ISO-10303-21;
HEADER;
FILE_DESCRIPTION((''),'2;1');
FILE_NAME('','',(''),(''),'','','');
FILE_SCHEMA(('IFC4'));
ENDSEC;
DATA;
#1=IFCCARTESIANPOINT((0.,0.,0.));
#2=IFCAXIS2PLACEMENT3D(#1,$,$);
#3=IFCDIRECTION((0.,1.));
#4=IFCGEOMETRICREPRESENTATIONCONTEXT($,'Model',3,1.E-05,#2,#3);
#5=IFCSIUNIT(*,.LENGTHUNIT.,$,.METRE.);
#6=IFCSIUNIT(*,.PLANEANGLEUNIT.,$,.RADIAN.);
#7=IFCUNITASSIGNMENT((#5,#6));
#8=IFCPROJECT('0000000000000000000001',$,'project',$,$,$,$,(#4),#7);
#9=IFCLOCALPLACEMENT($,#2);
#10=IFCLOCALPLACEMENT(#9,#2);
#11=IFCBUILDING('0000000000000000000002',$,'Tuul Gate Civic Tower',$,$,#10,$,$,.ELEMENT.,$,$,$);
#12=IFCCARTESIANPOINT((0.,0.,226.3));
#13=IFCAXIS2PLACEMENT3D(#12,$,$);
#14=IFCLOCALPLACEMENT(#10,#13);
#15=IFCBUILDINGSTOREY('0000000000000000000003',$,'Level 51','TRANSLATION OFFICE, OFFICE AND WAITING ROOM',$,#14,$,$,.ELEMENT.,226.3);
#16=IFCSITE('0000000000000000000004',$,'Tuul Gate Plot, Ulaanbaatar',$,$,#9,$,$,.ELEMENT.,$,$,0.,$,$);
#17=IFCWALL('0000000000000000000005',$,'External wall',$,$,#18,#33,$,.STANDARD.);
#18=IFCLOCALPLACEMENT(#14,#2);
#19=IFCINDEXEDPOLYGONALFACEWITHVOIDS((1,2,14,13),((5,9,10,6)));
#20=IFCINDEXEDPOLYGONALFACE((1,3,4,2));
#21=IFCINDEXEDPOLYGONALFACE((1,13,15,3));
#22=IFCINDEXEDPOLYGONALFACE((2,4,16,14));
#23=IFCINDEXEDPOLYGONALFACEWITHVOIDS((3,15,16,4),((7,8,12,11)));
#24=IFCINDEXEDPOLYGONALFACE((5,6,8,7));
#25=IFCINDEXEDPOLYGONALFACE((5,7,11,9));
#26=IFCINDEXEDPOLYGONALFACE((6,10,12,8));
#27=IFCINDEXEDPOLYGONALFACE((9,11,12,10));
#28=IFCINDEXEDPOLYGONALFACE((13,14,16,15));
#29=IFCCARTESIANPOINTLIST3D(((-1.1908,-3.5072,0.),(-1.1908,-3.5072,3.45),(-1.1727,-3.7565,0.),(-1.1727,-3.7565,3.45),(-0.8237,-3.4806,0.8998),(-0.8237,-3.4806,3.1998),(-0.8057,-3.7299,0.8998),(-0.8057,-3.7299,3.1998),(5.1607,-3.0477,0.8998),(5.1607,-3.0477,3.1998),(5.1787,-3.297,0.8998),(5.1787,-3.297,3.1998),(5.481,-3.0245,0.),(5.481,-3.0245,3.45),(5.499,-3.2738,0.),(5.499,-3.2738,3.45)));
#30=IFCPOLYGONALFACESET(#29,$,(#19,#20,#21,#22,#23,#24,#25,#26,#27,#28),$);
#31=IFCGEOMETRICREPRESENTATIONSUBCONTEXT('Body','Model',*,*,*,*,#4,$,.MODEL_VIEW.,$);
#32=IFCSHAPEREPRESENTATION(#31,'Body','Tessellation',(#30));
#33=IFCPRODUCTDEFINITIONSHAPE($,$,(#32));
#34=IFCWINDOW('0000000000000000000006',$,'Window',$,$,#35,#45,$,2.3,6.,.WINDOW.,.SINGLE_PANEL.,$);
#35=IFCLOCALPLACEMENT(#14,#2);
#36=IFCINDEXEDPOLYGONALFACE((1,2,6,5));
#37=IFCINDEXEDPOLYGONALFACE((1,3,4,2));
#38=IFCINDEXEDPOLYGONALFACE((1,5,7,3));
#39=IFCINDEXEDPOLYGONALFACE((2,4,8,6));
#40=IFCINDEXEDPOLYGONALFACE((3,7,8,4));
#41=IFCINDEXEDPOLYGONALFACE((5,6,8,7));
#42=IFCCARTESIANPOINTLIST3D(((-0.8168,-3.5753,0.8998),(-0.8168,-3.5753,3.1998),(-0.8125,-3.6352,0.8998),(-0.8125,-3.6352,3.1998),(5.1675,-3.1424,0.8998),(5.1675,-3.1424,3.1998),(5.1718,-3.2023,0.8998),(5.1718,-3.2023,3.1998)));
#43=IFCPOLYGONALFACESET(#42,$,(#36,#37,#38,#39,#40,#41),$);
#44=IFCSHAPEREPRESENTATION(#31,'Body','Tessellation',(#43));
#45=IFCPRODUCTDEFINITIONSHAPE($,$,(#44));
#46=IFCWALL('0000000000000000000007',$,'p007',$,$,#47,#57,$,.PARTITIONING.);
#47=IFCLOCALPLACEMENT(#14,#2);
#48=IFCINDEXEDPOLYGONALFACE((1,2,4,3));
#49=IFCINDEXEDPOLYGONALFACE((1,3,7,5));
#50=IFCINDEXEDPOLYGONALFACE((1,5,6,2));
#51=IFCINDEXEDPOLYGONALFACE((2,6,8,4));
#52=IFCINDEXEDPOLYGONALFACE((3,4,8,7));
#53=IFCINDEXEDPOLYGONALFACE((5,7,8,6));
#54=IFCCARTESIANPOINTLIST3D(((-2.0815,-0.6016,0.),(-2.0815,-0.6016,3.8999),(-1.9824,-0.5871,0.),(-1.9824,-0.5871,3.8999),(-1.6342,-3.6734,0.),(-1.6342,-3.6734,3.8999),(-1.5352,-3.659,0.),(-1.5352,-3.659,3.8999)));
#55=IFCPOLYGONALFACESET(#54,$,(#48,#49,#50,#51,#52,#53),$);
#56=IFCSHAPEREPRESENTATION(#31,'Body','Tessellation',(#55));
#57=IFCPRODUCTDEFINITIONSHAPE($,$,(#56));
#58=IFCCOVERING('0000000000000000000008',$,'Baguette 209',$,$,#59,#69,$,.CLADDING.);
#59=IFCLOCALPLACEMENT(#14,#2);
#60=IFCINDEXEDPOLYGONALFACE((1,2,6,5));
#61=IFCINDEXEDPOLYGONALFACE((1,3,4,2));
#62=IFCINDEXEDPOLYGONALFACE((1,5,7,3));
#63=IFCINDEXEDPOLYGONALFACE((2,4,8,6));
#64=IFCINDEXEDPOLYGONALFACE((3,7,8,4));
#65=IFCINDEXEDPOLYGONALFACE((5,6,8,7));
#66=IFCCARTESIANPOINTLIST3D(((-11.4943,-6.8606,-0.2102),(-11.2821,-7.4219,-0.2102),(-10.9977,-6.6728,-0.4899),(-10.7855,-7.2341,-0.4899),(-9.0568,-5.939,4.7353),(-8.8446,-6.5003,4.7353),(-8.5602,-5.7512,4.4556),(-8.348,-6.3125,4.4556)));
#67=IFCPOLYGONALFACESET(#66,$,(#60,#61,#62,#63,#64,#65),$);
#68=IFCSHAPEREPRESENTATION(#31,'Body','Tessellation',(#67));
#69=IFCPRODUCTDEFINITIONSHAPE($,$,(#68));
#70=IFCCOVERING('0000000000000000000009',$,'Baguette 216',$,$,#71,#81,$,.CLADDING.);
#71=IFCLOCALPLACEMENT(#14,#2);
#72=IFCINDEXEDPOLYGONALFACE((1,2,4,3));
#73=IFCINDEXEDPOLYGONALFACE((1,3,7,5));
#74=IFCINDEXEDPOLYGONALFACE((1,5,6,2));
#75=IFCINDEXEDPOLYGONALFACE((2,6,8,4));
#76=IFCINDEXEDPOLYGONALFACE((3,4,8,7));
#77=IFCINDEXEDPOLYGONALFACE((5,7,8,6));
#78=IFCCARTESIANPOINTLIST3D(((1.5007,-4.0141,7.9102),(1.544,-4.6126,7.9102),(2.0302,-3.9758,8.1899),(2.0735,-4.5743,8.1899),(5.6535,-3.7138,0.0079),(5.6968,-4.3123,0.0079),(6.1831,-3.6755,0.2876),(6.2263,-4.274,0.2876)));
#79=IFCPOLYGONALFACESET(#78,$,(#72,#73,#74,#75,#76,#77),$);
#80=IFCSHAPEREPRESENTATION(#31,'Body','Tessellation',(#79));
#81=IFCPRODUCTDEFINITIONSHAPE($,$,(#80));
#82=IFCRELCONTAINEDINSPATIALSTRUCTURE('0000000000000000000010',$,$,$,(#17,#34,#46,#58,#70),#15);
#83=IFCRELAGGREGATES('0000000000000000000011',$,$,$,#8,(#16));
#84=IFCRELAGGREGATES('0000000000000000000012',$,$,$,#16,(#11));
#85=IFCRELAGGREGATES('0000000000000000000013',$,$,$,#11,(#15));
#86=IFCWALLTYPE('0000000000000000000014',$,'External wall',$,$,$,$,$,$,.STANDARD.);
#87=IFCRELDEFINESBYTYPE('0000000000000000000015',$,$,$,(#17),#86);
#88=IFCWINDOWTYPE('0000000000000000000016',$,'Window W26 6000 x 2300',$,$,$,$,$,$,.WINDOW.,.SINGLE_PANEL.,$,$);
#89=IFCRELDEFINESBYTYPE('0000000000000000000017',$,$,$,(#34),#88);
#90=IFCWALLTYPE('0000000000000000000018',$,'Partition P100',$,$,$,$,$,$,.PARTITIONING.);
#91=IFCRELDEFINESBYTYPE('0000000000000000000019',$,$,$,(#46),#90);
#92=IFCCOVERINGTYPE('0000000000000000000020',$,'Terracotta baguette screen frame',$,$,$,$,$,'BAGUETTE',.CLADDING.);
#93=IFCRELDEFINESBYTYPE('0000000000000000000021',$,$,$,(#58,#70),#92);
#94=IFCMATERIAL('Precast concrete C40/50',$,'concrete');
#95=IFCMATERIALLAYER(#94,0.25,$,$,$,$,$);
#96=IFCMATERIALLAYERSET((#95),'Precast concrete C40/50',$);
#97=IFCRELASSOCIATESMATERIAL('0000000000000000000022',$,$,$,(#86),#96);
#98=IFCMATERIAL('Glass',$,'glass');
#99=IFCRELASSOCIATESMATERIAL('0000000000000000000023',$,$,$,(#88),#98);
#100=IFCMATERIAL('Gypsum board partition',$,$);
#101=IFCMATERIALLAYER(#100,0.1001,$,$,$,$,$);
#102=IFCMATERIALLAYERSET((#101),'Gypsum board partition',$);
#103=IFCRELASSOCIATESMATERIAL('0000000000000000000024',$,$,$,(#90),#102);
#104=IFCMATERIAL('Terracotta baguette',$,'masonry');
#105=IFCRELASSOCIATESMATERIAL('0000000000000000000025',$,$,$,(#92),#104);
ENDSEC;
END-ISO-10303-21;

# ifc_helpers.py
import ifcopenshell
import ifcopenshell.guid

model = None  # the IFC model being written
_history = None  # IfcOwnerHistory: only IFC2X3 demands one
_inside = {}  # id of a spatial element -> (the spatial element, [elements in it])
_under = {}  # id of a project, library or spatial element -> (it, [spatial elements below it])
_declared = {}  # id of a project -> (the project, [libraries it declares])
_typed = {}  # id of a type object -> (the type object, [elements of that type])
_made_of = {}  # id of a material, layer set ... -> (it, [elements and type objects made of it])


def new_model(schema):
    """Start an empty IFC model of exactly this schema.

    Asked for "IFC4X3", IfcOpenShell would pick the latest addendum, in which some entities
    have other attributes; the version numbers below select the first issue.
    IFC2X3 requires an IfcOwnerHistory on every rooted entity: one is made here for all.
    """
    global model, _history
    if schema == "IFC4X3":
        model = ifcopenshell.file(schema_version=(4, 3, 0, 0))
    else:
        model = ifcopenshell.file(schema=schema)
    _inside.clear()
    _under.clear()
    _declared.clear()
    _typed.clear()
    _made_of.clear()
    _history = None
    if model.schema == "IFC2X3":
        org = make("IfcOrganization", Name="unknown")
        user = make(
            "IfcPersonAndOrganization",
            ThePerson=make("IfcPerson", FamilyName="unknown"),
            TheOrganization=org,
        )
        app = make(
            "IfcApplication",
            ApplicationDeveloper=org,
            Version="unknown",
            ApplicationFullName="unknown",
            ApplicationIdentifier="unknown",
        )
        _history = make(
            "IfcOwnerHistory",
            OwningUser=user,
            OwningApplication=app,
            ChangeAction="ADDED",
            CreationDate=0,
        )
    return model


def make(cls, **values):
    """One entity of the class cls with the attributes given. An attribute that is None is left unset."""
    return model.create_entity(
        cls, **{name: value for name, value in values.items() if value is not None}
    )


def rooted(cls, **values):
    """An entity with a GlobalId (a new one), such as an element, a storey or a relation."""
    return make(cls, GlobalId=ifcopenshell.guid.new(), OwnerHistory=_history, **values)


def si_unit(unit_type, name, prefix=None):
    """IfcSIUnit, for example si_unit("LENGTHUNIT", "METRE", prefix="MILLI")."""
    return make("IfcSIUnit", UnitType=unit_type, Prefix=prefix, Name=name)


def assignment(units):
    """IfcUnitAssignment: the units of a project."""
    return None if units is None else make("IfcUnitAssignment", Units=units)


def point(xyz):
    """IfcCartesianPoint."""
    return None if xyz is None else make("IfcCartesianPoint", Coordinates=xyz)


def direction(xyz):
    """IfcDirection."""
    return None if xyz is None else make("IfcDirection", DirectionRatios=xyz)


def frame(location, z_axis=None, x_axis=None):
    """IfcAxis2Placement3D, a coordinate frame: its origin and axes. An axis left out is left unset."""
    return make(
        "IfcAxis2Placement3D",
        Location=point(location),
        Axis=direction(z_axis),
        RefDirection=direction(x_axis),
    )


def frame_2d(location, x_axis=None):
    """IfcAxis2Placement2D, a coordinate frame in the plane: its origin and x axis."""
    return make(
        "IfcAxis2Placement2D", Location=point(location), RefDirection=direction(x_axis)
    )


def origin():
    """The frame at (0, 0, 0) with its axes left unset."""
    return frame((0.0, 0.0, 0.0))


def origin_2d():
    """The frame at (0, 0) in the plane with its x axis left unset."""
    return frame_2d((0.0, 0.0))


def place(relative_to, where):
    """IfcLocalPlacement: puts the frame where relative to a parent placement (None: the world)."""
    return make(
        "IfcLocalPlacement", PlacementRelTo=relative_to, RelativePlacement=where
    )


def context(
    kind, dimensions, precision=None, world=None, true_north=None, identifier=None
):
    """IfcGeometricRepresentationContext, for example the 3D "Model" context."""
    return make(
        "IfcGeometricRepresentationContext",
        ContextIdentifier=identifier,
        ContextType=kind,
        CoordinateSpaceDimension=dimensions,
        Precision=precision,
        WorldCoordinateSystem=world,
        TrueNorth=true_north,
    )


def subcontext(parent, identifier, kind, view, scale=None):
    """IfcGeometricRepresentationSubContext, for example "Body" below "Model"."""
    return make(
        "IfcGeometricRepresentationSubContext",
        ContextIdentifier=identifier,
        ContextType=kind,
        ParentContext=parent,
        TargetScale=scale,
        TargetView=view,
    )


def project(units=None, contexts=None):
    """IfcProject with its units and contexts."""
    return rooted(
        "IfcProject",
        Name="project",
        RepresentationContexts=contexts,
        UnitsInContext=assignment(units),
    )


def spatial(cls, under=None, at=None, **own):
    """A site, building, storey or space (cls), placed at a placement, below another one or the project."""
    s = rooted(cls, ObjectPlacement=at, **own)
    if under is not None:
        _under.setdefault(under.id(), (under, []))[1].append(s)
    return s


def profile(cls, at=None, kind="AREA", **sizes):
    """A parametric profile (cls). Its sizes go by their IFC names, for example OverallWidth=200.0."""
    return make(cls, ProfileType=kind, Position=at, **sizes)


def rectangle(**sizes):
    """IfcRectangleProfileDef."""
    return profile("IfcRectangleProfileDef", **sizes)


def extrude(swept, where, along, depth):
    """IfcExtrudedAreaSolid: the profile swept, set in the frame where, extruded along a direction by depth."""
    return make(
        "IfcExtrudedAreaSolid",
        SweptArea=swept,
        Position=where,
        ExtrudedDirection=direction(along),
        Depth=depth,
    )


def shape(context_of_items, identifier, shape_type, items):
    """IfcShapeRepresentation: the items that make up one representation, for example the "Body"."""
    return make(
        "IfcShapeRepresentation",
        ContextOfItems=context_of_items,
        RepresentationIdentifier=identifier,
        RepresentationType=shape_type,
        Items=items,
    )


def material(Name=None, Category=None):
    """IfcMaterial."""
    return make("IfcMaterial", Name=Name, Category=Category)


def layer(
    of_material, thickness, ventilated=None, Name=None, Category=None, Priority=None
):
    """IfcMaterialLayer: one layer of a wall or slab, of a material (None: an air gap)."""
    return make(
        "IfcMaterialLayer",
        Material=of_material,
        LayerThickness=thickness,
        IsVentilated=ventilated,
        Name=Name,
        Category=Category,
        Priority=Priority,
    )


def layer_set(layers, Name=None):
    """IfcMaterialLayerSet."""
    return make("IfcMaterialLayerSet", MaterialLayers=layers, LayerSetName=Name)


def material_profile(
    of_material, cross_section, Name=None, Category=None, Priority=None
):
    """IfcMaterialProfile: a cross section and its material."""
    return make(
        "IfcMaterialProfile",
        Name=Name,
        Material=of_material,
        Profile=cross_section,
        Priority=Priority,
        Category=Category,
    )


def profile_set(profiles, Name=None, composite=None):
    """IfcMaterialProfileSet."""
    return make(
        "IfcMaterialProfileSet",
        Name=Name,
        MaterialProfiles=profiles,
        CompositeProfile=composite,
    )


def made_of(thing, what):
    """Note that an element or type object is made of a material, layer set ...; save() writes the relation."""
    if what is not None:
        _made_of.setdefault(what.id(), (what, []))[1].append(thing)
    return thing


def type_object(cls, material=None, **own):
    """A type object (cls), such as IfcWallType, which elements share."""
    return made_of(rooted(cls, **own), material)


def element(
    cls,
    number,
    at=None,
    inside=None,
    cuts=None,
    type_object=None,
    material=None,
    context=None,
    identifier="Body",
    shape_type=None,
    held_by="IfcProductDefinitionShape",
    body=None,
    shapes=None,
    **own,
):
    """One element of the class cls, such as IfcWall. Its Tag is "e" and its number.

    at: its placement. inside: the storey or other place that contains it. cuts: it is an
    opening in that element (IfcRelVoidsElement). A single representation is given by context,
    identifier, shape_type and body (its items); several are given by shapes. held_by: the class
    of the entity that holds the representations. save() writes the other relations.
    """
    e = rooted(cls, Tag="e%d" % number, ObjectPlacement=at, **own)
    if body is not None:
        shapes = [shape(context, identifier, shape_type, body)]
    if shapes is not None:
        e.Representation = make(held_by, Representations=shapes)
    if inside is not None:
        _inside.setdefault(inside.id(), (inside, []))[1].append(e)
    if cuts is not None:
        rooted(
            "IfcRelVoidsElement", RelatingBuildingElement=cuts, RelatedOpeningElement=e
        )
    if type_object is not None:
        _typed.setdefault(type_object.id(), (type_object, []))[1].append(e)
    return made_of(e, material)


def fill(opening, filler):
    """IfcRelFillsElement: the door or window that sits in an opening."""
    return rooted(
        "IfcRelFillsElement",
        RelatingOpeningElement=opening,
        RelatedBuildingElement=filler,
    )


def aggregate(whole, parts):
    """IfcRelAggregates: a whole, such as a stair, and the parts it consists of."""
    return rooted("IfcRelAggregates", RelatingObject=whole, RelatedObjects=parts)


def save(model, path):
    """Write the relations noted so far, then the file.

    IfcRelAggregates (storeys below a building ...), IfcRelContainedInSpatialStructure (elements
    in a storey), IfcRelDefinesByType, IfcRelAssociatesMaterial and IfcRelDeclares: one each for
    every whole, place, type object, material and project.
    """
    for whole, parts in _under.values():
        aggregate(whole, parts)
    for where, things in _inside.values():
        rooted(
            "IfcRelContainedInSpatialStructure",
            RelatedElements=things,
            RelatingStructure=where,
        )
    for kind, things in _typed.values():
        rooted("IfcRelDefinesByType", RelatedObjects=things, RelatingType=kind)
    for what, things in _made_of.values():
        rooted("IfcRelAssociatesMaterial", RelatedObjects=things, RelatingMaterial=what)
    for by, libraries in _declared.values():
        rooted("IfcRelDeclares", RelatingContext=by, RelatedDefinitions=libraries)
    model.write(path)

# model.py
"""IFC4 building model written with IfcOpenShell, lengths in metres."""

from ifc_helpers import new_model, si_unit, direction, frame, frame_2d, origin, origin_2d, place, context, subcontext, project, spatial, rectangle, extrude, material, layer, layer_set, material_profile, profile_set, type_object, element, fill, save


model = new_model("IFC4")

# Units and contexts
model_context = context("Model", 3, precision=1e-05, world=origin(), true_north=direction((0.0, 1.0)))
body_context = subcontext(model_context, "Body", "Model", "MODEL_VIEW")
ifc_project = project(units=[si_unit("LENGTHUNIT", "METRE"), si_unit("PLANEANGLEUNIT", "RADIAN")], contexts=[model_context])

# Site, building, storey
site_placement = place(None, origin())
site = spatial("IfcSite", under=ifc_project, at=site_placement, Name="Tuul Gate Plot, Ulaanbaatar", CompositionType="ELEMENT", RefElevation=0.0)
building_placement = place(site_placement, origin())
building = spatial("IfcBuilding", under=site, at=building_placement, Name="Tuul Gate Civic Tower", CompositionType="ELEMENT")
storey_placement = place(building_placement, frame((0.0, 0.0, 226.3)))
storey = spatial("IfcBuildingStorey", under=building, at=storey_placement, Name="Level 51", Description="TRANSLATION OFFICE, OFFICE AND WAITING ROOM", CompositionType="ELEMENT", Elevation=226.3)

# Wall, opening, window
ifc_material_1 = material(Name="Precast concrete C40/50", Category="concrete")
ifc_layer_1 = layer(ifc_material_1, 0.25)
ifc_layer_set_1 = layer_set([ifc_layer_1], Name="Precast concrete C40/50")
wall_type_1 = type_object("IfcWallType", Name="External wall", PredefinedType="STANDARD", material=ifc_layer_set_1)
ifc_material_2 = material(Name="Glass", Category="glass")
window_type = type_object("IfcWindowType", Name="Window W26 6000 x 2300", PartitioningType="SINGLE_PANEL", PredefinedType="WINDOW", material=ifc_material_2)
wall_1_placement = place(storey_placement, frame((-1.1819, -3.6318, 0.0), z_axis=(0.0, 0.0, 1.0), x_axis=(0.997393, 0.072155, 0.0)))
wall_1 = element("IfcWall", 1, at=wall_1_placement, inside=storey, type_object=wall_type_1, Name="External wall", PredefinedType="STANDARD", context=body_context, shape_type="SweptSolid", body=[
    extrude(rectangle(XDim=6.6892, YDim=0.25, at=frame_2d((3.3447, 0.0))), origin(), (0.0, 0.0, 1.0), 3.45),
])
opening_1_placement = place(wall_1_placement, frame((0.3682, 0.0, 0.8999)))
opening_1 = element("IfcOpeningElement", 2, at=opening_1_placement, cuts=wall_1, PredefinedType="OPENING", context=body_context, shape_type="SweptSolid", body=[
    extrude(rectangle(XDim=6.0, YDim=2.3, at=frame_2d((3.0, 1.1499))), frame((0.0, 0.135, 0.0), z_axis=(0.0, -1.0, 0.0), x_axis=(1.0, 0.0, 0.0)), (0.0, 0.0, 1.0), 0.27),
])
window_1_placement = place(opening_1_placement, origin())
window_1 = element("IfcWindow", 3, at=window_1_placement, inside=storey, type_object=window_type, Name="Window", OverallHeight=2.3, OverallWidth=6.0, PartitioningType="SINGLE_PANEL", PredefinedType="WINDOW", context=body_context, shape_type="SweptSolid", body=[
    extrude(rectangle(XDim=6.0, YDim=2.3, at=frame_2d((3.0, 1.1499))), frame((0.0, 0.03, 0.0), z_axis=(0.0, -1.0, 0.0), x_axis=(1.0, 0.0, 0.0)), (0.0, 0.0, 1.0), 0.0601),
])
fill(opening_1, window_1)

# Wall
ifc_material_3 = material(Name="Gypsum board partition")
ifc_layer_2 = layer(ifc_material_3, 0.1001)
ifc_layer_set_2 = layer_set([ifc_layer_2], Name="Gypsum board partition")
wall_type_2 = type_object("IfcWallType", Name="Partition P100", PredefinedType="PARTITIONING", material=ifc_layer_set_2)
wall_2_placement = place(storey_placement, frame((-2.032, -0.5942, 0.0), z_axis=(0.0, 0.0, 1.0), x_axis=(0.144085, -0.989565, 0.0)))
element("IfcWall", 4, at=wall_2_placement, inside=storey, type_object=wall_type_2, Name="p007", PredefinedType="PARTITIONING", context=body_context, shape_type="SweptSolid", body=[
    extrude(rectangle(XDim=3.1042, YDim=0.1001, at=frame_2d((1.5522, 0.0))), origin(), (0.0, 0.0, 1.0), 3.8999),
])

# Coverings
ifc_material_4 = material(Name="Terracotta baguette", Category="masonry")
ifc_material_profile_1 = material_profile(ifc_material_4, rectangle(XDim=0.6001, YDim=0.6001, at=origin_2d()), Name="Terracotta baguette screen frame")
ifc_profile_set_1 = profile_set([ifc_material_profile_1], Name="Terracotta baguette")
covering_type = type_object("IfcCoveringType", Name="Terracotta baguette screen frame", ElementType="BAGUETTE", PredefinedType="CLADDING", material=ifc_profile_set_1)
covering_1_placement = place(storey_placement, frame((-8.7024, -6.1257, 4.5955), z_axis=(-0.436038, -0.164868, -0.884697), x_axis=(0.353668, -0.935371, 0.0)))
element("IfcCovering", 5, at=covering_1_placement, inside=storey, type_object=covering_type, Name="Baguette 209", PredefinedType="CLADDING", context=body_context, shape_type="SweptSolid", body=[
    extrude(rectangle(XDim=0.6001, YDim=0.6001, at=origin_2d()), origin(), (0.0, 0.0, 1.0), 5.5901),
])
covering_2_placement = place(storey_placement, frame((1.7871, -4.2942, 8.05), z_axis=(0.464931, 0.033619, -0.884708), x_axis=(-0.072122, 0.997396, 0.0)))
element("IfcCovering", 6, at=covering_2_placement, inside=storey, type_object=covering_type, Name="Baguette 216", PredefinedType="CLADDING", context=body_context, shape_type="SweptSolid", body=[
    extrude(rectangle(XDim=0.6001, YDim=0.6001, at=origin_2d()), origin(), (0.0, 0.0, 1.0), 8.9321),
])

save(model, "model.ifc")
